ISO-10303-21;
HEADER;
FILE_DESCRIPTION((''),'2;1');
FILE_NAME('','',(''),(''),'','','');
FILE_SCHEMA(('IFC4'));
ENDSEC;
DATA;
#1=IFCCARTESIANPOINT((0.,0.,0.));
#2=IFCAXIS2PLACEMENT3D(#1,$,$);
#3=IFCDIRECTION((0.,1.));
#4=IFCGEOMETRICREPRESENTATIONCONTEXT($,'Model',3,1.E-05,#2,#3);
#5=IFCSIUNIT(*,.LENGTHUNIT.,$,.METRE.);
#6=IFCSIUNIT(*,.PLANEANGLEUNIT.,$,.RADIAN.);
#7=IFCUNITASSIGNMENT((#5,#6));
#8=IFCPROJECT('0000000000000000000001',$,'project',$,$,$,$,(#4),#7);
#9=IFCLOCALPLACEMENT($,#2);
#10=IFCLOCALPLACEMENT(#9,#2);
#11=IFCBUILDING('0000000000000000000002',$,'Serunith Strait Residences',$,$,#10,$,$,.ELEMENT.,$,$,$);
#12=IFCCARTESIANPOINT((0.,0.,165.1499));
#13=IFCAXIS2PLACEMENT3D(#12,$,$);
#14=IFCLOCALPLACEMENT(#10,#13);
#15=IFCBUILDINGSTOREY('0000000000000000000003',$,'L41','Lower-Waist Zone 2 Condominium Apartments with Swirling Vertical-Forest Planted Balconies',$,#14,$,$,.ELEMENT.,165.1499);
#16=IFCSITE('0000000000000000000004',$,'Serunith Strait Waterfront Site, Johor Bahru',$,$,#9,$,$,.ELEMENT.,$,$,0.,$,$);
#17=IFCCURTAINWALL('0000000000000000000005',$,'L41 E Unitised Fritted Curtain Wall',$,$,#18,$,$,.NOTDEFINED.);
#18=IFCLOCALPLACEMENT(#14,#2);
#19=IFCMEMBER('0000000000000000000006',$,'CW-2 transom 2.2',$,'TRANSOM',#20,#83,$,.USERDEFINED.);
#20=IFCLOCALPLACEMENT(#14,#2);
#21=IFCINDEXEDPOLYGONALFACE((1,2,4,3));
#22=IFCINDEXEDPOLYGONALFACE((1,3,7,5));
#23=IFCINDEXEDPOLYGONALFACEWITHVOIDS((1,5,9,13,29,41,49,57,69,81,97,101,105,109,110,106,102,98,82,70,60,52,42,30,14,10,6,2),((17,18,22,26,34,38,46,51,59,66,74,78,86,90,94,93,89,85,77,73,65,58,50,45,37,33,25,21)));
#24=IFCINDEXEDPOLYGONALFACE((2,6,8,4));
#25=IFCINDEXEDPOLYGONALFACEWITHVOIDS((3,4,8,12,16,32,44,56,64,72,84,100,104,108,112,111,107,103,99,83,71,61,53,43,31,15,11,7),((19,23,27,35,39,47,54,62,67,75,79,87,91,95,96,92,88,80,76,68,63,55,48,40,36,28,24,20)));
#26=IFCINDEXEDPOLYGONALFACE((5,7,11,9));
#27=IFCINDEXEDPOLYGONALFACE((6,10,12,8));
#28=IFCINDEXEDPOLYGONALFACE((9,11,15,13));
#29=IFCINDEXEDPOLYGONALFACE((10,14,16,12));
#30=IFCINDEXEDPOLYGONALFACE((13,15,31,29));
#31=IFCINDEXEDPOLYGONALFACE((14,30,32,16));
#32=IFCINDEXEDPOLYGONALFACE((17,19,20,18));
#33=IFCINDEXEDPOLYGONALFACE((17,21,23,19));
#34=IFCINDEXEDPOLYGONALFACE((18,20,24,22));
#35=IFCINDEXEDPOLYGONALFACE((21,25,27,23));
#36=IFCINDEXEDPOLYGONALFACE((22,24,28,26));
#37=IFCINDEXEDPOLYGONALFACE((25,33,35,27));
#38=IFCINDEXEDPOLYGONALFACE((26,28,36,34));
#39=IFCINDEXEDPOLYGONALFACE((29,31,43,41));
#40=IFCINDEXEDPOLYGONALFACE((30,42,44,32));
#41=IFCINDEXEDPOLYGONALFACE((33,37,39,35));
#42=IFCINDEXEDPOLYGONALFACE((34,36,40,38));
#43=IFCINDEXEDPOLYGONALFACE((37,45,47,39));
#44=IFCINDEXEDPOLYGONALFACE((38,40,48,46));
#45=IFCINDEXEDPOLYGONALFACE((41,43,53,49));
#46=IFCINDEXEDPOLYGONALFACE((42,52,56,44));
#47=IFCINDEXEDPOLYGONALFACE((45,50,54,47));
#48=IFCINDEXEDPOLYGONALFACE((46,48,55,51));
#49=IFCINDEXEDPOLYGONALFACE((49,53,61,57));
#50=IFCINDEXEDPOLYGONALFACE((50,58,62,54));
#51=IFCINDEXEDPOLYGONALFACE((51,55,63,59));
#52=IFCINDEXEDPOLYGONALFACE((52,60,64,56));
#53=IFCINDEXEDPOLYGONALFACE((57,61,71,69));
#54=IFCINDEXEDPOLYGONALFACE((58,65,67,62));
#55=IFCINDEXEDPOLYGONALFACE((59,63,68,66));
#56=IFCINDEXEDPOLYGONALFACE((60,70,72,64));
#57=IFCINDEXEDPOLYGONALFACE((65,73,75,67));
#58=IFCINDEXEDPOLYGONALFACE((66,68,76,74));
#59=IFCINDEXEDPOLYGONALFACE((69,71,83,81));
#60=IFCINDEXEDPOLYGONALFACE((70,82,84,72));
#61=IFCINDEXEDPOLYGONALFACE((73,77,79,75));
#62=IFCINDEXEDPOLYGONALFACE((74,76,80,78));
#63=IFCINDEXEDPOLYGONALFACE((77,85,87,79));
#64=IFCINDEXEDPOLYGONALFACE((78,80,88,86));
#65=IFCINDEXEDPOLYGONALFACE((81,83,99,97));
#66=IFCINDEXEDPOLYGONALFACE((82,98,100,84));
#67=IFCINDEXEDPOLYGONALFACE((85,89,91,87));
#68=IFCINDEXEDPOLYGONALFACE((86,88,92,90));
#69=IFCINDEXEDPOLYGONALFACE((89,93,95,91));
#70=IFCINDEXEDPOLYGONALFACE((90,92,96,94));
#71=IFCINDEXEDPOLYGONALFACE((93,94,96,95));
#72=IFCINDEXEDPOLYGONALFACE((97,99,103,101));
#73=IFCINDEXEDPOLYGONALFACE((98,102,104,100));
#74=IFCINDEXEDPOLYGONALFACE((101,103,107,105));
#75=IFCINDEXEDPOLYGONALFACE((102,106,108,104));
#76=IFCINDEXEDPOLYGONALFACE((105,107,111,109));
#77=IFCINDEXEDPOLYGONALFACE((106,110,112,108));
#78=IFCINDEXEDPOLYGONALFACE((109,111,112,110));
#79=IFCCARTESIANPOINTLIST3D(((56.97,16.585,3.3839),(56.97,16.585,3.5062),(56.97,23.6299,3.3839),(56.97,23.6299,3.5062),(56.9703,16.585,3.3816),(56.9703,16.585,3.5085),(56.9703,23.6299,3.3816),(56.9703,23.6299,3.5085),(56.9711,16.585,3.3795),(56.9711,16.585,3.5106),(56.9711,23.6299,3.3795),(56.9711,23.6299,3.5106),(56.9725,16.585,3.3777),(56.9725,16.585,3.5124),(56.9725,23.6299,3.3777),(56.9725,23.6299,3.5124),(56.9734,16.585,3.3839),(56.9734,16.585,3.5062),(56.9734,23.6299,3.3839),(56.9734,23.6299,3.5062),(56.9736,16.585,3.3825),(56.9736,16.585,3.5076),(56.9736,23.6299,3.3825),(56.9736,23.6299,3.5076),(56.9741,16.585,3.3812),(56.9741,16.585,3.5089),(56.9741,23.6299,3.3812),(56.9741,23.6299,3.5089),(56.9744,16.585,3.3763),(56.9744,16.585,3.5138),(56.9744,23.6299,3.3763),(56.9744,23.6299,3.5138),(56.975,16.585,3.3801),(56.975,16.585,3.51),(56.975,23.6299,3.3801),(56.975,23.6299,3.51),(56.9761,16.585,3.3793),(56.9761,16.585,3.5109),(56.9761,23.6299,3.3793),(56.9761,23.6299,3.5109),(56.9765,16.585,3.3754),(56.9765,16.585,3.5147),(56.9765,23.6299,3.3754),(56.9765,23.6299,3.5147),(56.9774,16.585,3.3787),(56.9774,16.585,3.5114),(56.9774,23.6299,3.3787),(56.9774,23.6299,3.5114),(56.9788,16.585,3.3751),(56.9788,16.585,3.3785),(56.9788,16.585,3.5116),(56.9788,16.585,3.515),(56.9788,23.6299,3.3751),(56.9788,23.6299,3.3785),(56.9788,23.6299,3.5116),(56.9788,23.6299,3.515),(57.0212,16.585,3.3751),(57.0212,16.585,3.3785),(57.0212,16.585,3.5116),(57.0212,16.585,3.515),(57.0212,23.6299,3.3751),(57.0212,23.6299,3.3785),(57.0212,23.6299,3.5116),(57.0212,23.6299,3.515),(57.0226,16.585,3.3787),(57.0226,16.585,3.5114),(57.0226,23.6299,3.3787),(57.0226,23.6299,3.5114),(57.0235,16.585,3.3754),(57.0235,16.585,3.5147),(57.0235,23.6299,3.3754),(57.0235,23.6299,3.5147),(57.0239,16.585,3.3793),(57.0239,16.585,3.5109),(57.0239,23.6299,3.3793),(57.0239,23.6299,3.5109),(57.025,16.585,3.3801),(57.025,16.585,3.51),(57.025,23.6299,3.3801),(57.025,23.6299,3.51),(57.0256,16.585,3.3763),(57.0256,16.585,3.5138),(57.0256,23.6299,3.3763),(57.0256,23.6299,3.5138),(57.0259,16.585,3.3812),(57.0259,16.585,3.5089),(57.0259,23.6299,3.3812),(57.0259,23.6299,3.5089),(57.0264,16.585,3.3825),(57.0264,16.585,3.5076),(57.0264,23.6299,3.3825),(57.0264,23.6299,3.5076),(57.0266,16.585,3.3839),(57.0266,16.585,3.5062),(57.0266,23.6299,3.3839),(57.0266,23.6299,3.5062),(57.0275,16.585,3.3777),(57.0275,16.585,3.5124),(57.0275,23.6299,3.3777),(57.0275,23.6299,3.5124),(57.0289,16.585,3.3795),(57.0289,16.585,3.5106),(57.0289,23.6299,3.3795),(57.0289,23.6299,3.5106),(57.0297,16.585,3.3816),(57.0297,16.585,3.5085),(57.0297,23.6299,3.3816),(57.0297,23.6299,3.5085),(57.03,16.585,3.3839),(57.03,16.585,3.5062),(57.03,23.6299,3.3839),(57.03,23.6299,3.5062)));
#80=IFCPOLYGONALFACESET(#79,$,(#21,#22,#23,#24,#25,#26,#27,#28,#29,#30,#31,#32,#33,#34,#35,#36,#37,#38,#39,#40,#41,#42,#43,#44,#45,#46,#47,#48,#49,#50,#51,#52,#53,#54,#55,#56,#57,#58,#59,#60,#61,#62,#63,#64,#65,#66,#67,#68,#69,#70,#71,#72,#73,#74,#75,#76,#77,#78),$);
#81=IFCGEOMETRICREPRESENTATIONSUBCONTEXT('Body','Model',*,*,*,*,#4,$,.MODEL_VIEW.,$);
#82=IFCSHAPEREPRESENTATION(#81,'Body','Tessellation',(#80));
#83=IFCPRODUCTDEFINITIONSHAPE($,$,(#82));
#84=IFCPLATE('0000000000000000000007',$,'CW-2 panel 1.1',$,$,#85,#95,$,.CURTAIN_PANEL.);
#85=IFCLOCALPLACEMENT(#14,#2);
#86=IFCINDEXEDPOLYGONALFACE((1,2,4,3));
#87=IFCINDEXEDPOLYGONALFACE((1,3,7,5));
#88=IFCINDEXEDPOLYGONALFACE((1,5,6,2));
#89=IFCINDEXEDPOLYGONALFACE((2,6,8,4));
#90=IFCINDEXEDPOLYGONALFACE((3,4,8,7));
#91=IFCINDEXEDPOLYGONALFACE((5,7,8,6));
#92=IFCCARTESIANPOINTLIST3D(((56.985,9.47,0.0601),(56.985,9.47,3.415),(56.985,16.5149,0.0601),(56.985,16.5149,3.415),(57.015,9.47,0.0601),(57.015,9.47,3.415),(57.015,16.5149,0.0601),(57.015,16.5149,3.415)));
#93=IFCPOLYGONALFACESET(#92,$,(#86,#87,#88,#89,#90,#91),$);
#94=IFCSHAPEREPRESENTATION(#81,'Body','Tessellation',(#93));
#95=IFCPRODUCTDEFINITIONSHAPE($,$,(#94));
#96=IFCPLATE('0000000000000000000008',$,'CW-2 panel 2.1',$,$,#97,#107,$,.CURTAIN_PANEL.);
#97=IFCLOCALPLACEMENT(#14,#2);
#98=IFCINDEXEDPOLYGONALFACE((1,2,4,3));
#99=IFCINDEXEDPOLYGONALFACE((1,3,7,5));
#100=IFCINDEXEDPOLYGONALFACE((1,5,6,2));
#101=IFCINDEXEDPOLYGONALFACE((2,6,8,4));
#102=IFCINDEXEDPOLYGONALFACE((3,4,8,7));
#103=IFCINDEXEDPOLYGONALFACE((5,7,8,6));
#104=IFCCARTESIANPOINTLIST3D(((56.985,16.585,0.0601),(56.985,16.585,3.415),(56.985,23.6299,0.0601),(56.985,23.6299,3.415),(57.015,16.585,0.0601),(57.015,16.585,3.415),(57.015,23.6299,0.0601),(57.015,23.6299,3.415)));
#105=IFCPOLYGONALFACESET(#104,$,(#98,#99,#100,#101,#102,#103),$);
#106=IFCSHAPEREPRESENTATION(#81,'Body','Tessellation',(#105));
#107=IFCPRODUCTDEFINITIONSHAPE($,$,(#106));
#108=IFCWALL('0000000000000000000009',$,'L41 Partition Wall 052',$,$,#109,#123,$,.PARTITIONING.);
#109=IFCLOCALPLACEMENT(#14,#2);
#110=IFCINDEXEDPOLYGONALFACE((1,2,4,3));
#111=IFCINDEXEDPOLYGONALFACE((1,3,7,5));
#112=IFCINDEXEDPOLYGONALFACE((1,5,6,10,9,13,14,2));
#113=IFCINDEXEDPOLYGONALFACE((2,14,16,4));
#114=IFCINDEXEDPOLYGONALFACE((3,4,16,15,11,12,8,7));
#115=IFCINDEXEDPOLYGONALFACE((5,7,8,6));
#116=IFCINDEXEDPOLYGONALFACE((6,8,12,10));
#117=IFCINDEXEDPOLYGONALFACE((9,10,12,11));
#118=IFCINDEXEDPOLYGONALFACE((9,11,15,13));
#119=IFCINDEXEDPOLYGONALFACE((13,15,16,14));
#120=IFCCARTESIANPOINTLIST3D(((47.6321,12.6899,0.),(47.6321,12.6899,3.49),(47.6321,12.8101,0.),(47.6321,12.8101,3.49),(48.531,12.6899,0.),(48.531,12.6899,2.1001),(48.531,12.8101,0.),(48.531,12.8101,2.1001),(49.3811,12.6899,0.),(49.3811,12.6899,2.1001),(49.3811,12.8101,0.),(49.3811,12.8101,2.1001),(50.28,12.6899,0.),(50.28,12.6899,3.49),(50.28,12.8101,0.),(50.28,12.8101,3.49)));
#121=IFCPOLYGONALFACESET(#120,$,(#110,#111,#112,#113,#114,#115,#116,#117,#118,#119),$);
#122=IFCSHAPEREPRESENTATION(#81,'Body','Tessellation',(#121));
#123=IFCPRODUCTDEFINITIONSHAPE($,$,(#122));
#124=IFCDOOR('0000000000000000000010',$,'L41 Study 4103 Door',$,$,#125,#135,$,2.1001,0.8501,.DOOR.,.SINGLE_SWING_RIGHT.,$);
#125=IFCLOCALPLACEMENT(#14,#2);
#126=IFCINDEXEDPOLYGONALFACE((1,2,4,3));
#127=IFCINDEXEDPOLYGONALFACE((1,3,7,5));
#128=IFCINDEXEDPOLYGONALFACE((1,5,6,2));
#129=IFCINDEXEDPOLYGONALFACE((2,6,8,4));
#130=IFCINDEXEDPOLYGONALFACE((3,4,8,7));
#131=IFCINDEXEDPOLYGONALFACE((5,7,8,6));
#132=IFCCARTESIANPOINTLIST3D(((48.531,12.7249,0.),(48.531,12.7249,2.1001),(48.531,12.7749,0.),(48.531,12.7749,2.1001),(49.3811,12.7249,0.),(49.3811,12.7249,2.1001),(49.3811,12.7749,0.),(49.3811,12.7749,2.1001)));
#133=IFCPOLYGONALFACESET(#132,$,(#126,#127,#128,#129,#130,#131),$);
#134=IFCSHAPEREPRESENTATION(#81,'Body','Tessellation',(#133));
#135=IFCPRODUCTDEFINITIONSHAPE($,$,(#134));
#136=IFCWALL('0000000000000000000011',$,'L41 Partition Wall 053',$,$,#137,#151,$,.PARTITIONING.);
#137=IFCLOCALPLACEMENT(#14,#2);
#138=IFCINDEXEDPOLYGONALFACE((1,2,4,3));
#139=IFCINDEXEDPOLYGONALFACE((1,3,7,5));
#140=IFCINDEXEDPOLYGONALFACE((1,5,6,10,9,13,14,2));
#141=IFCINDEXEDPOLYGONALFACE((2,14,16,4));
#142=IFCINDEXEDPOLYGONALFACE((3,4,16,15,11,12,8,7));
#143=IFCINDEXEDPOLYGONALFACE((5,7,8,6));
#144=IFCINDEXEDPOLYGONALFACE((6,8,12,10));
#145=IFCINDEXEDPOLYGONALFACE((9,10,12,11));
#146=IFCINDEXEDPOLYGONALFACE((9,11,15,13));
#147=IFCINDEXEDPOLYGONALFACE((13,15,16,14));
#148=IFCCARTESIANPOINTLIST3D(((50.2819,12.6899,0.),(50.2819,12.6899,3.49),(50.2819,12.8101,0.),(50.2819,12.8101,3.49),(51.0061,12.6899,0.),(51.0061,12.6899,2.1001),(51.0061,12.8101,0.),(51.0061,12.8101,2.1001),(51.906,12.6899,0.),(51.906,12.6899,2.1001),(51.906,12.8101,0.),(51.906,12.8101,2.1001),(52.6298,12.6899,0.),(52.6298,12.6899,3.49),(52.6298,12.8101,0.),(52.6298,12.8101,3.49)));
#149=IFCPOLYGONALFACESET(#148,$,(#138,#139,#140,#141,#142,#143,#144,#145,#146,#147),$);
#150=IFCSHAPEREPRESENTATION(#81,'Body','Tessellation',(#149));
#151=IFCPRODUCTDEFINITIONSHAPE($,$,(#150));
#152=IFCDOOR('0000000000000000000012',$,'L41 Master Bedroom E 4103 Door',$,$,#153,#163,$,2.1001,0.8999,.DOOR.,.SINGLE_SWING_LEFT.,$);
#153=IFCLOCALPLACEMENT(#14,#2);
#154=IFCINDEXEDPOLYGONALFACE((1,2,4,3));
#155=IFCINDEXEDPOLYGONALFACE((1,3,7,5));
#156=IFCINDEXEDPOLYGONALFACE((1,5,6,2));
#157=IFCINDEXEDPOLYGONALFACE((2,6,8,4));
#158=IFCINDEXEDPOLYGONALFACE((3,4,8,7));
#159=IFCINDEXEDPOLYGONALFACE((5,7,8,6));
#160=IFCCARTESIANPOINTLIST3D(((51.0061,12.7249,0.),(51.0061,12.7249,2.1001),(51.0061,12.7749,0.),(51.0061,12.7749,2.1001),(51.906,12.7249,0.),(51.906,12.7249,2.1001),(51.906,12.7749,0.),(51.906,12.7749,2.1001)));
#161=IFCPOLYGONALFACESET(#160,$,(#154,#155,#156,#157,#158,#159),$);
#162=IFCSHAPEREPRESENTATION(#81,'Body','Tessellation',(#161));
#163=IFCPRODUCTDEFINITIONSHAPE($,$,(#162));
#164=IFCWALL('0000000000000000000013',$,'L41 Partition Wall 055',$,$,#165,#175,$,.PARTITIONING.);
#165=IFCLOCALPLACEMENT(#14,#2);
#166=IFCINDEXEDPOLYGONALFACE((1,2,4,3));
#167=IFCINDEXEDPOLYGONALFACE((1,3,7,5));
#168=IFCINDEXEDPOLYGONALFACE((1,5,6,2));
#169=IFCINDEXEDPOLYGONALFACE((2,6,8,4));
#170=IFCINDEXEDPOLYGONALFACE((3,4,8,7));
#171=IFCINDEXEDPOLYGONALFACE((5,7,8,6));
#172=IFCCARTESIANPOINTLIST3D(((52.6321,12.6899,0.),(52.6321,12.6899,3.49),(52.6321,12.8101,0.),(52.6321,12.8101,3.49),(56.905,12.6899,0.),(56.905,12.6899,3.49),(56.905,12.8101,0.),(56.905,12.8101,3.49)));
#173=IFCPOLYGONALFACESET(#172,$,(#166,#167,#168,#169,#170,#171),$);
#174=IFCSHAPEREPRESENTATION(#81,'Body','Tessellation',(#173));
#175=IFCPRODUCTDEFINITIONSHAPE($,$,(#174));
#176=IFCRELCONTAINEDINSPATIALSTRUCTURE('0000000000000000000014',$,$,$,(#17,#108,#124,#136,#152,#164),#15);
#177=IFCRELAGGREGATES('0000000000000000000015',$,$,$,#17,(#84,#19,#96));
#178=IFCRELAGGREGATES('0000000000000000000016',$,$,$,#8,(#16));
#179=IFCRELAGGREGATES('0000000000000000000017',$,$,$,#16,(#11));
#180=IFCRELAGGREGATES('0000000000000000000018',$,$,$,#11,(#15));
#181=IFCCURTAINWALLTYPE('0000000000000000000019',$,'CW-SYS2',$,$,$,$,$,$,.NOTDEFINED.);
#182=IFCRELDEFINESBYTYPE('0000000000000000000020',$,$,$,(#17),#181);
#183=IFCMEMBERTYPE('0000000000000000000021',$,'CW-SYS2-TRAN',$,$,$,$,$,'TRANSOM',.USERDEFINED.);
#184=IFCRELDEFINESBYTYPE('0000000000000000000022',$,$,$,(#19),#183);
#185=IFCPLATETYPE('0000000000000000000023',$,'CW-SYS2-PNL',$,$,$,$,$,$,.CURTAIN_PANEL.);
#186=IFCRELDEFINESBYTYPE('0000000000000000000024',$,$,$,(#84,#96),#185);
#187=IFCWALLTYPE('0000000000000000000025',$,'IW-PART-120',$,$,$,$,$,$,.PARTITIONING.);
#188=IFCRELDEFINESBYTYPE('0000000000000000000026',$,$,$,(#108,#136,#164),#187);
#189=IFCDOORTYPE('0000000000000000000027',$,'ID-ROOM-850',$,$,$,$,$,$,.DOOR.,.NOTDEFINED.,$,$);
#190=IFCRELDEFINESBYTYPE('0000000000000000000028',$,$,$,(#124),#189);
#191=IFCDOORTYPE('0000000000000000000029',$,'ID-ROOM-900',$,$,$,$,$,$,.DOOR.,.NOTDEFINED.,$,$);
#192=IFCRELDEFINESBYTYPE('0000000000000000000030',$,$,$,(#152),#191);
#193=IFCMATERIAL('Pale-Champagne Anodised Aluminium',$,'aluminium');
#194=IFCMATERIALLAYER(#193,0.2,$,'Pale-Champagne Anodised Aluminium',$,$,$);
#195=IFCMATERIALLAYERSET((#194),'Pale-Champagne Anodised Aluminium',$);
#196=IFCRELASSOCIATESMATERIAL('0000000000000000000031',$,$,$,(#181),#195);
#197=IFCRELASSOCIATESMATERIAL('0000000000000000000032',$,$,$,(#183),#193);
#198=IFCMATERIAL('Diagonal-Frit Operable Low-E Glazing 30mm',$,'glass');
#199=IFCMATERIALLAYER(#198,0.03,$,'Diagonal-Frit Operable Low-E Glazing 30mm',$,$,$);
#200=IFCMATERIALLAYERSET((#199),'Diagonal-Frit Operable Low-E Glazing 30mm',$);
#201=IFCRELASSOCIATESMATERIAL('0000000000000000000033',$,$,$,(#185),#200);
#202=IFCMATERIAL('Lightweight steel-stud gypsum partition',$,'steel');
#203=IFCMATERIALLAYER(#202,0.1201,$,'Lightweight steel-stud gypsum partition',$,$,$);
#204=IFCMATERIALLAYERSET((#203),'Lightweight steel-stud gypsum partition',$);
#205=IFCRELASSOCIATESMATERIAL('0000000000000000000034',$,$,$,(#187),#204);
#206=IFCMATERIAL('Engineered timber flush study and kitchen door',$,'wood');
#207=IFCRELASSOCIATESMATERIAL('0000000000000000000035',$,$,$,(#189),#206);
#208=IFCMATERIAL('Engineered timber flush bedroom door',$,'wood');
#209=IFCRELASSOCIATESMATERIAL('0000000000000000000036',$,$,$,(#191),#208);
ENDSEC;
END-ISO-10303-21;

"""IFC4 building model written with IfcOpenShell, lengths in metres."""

from ifc_helpers import new_model, si_unit, direction, frame, frame_2d, origin, origin_2d, place, context, subcontext, project, spatial, rectangle, hollow_rectangle, extrude, source, transform, mapped, material, layer, layer_set, material_profile, profile_set, type_object, element, fill, aggregate, save


model = new_model("IFC4")

# Units and contexts
model_context = context("Model", 3, precision=1e-05, world=origin(), true_north=direction((0.0, 1.0)))
body_context = subcontext(model_context, "Body", "Model", "MODEL_VIEW")
ifc_project = project(units=[si_unit("LENGTHUNIT", "METRE"), si_unit("PLANEANGLEUNIT", "RADIAN")], contexts=[model_context])

# Site, building, storey
site_placement = place(None, origin())
site = spatial("IfcSite", under=ifc_project, at=site_placement, Name="Serunith Strait Waterfront Site, Johor Bahru", CompositionType="ELEMENT", RefElevation=0.0)
building_placement = place(site_placement, origin())
building = spatial("IfcBuilding", under=site, at=building_placement, Name="Serunith Strait Residences", CompositionType="ELEMENT")
storey_placement = place(building_placement, frame((0.0, 0.0, 165.1499)))
storey = spatial("IfcBuildingStorey", under=building, at=storey_placement, Name="L41", Description="Lower-Waist Zone 2 Condominium Apartments with Swirling Vertical-Forest Planted Balconies", CompositionType="ELEMENT", Elevation=165.1499)

# Curtain wall, member, plates
ifc_material_1 = material(Name="Pale-Champagne Anodised Aluminium", Category="aluminium")
ifc_layer_1 = layer(ifc_material_1, 0.2, Name="Pale-Champagne Anodised Aluminium")
ifc_layer_set_1 = layer_set([ifc_layer_1], Name="Pale-Champagne Anodised Aluminium")
curtain_wall_type = type_object("IfcCurtainWallType", Name="CW-SYS2", PredefinedType="NOTDEFINED", material=ifc_layer_set_1)
curtain_wall_placement = place(storey_placement, origin())
curtain_wall = element("IfcCurtainWall", 1, at=curtain_wall_placement, inside=storey, type_object=curtain_wall_type, Name="L41 E Unitised Fritted Curtain Wall", PredefinedType="NOTDEFINED")
ifc_material_profile_1 = material_profile(ifc_material_1, hollow_rectangle(XDim=0.0601, YDim=0.1399, WallThickness=0.0034, InnerFilletRadius=0.0054, OuterFilletRadius=0.0088, at=origin_2d()), Name="ALU 140x60x3.5")
ifc_profile_set_1 = profile_set([ifc_material_profile_1], Name="Pale-Champagne Anodised Aluminium")
member_type_1 = type_object("IfcMemberType", Name="CW-SYS2-TRAN", ElementType="TRANSOM", PredefinedType="USERDEFINED", material=ifc_profile_set_1)
shared_shape_1 = source(origin(), body_context, "Body", "SweptSolid", [
    extrude(hollow_rectangle(XDim=0.0601, YDim=0.1399, WallThickness=0.0034, InnerFilletRadius=0.0054, OuterFilletRadius=0.0088, at=origin_2d()), origin(), (0.0, 0.0, 1.0), 7.0449),
])
member_1_placement = place(storey_placement, frame((57.0, 16.585, 3.4451), z_axis=(0.0, 1.0, 0.0), x_axis=(-1.0, 0.0, 0.0)))
member_1 = element("IfcMember", 2, at=member_1_placement, type_object=member_type_1, Name="CW-2 transom 2.2", ObjectType="TRANSOM", PredefinedType="USERDEFINED", context=body_context, shape_type="MappedRepresentation", body=[
    mapped(shared_shape_1, transform((0.0, 0.0, 0.0), scale=1.0)),
])
ifc_material_2 = material(Name="Diagonal-Frit Operable Low-E Glazing 30mm", Category="glass")
ifc_layer_2 = layer(ifc_material_2, 0.03, Name="Diagonal-Frit Operable Low-E Glazing 30mm")
ifc_layer_set_2 = layer_set([ifc_layer_2], Name="Diagonal-Frit Operable Low-E Glazing 30mm")
plate_type = type_object("IfcPlateType", Name="CW-SYS2-PNL", PredefinedType="CURTAIN_PANEL", material=ifc_layer_set_2)
shared_shape_2 = source(origin(), body_context, "Body", "SweptSolid", [
    extrude(rectangle(XDim=7.0449, YDim=0.03, at=origin_2d()), origin(), (0.0, 0.0, 1.0), 3.355),
])
plate_1_placement = place(storey_placement, frame((57.0, 12.9924, 0.0601), z_axis=(0.0, 0.0, 1.0), x_axis=(0.0, 1.0, 0.0)))
plate_1 = element("IfcPlate", 3, at=plate_1_placement, type_object=plate_type, Name="CW-2 panel 1.1", PredefinedType="CURTAIN_PANEL", context=body_context, shape_type="MappedRepresentation", body=[
    mapped(shared_shape_2, transform((0.0, 0.0, 0.0), scale=1.0)),
])
plate_2_placement = place(storey_placement, frame((57.0, 20.1074, 0.0601), z_axis=(0.0, 0.0, 1.0), x_axis=(0.0, 1.0, 0.0)))
plate_2 = element("IfcPlate", 4, at=plate_2_placement, type_object=plate_type, Name="CW-2 panel 2.1", PredefinedType="CURTAIN_PANEL", context=body_context, shape_type="MappedRepresentation", body=[
    mapped(shared_shape_2, transform((0.0, 0.0, 0.0), scale=1.0)),
])
aggregate(curtain_wall, [plate_1, member_1, plate_2])

# Walls, openings, doors
ifc_material_3 = material(Name="Lightweight steel-stud gypsum partition", Category="steel")
ifc_layer_3 = layer(ifc_material_3, 0.1201, Name="Lightweight steel-stud gypsum partition")
ifc_layer_set_3 = layer_set([ifc_layer_3], Name="Lightweight steel-stud gypsum partition")
wall_type = type_object("IfcWallType", Name="IW-PART-120", PredefinedType="PARTITIONING", material=ifc_layer_set_3)
wall_1_placement = place(storey_placement, frame((47.6321, 12.75, 0.0), z_axis=(0.0, 0.0, 1.0), x_axis=(1.0, 0.0, 0.0)))
wall_1 = element("IfcWall", 5, at=wall_1_placement, inside=storey, type_object=wall_type, Name="L41 Partition Wall 052", PredefinedType="PARTITIONING", context=body_context, shape_type="SweptSolid", body=[
    extrude(rectangle(XDim=2.6479, YDim=0.1201, at=frame_2d((1.324, 0.0))), origin(), (0.0, 0.0, 1.0), 3.49),
])
opening_1_placement = place(wall_1_placement, frame((0.8989, 0.0, 0.0)))
opening_1 = element("IfcOpeningElement", 6, at=opening_1_placement, cuts=wall_1, PredefinedType="OPENING", context=body_context, shape_type="SweptSolid", body=[
    extrude(rectangle(XDim=0.8501, YDim=2.1001, at=frame_2d((0.425, 1.05))), frame((0.0, 0.0701, 0.0), z_axis=(0.0, -1.0, 0.0), x_axis=(1.0, 0.0, 0.0)), (0.0, 0.0, 1.0), 0.1401),
])
ifc_material_4 = material(Name="Engineered timber flush study and kitchen door", Category="wood")
door_type_1 = type_object("IfcDoorType", Name="ID-ROOM-850", OperationType="NOTDEFINED", PredefinedType="DOOR", material=ifc_material_4)
shared_shape_3 = source(origin(), body_context, "Body", "SweptSolid", [
    extrude(rectangle(XDim=0.8501, YDim=2.1001, at=frame_2d((0.425, 1.05))), frame((0.0, 0.0249, 0.0), z_axis=(0.0, -1.0, 0.0), x_axis=(1.0, 0.0, 0.0)), (0.0, 0.0, 1.0), 0.05),
])
door_1_placement = place(opening_1_placement, origin())
door_1 = element("IfcDoor", 7, at=door_1_placement, inside=storey, type_object=door_type_1, Name="L41 Study 4103 Door", OperationType="SINGLE_SWING_RIGHT", OverallHeight=2.1001, OverallWidth=0.8501, PredefinedType="DOOR", context=body_context, shape_type="MappedRepresentation", body=[
    mapped(shared_shape_3, transform((0.0, 0.0, 0.0), scale=1.0)),
])
fill(opening_1, door_1)
wall_2_placement = place(storey_placement, frame((50.282, 12.75, 0.0), z_axis=(0.0, 0.0, 1.0), x_axis=(1.0, 0.0, 0.0)))
wall_2 = element("IfcWall", 8, at=wall_2_placement, inside=storey, type_object=wall_type, Name="L41 Partition Wall 053", PredefinedType="PARTITIONING", context=body_context, shape_type="SweptSolid", body=[
    extrude(rectangle(XDim=2.3479, YDim=0.1201, at=frame_2d((1.1738, 0.0))), origin(), (0.0, 0.0, 1.0), 3.49),
])
opening_2_placement = place(wall_2_placement, frame((0.7241, 0.0, 0.0)))
opening_2 = element("IfcOpeningElement", 9, at=opening_2_placement, cuts=wall_2, PredefinedType="OPENING", context=body_context, shape_type="SweptSolid", body=[
    extrude(rectangle(XDim=0.8999, YDim=2.1001, at=frame_2d((0.45, 1.05))), frame((0.0, 0.0701, 0.0), z_axis=(0.0, -1.0, 0.0), x_axis=(1.0, 0.0, 0.0)), (0.0, 0.0, 1.0), 0.1401),
])
ifc_material_5 = material(Name="Engineered timber flush bedroom door", Category="wood")
door_type_2 = type_object("IfcDoorType", Name="ID-ROOM-900", OperationType="NOTDEFINED", PredefinedType="DOOR", material=ifc_material_5)
shared_shape_4 = source(origin(), body_context, "Body", "SweptSolid", [
    extrude(rectangle(XDim=0.8999, YDim=2.1001, at=frame_2d((0.45, 1.05))), frame((0.0, 0.0249, 0.0), z_axis=(0.0, -1.0, 0.0), x_axis=(1.0, 0.0, 0.0)), (0.0, 0.0, 1.0), 0.05),
])
door_2_placement = place(opening_2_placement, origin())
door_2 = element("IfcDoor", 10, at=door_2_placement, inside=storey, type_object=door_type_2, Name="L41 Master Bedroom E 4103 Door", OperationType="SINGLE_SWING_LEFT", OverallHeight=2.1001, OverallWidth=0.8999, PredefinedType="DOOR", context=body_context, shape_type="MappedRepresentation", body=[
    mapped(shared_shape_4, transform((0.0, 0.0, 0.0), scale=1.0)),
])
fill(opening_2, door_2)

# Wall
wall_3_placement = place(storey_placement, frame((52.6321, 12.75, 0.0), z_axis=(0.0, 0.0, 1.0), x_axis=(1.0, 0.0, 0.0)))
element("IfcWall", 11, at=wall_3_placement, inside=storey, type_object=wall_type, Name="L41 Partition Wall 055", PredefinedType="PARTITIONING", context=body_context, shape_type="SweptSolid", body=[
    extrude(rectangle(XDim=4.2729, YDim=0.1201, at=frame_2d((2.1365, 0.0))), origin(), (0.0, 0.0, 1.0), 3.49),
])

save(model, "model.ifc")
